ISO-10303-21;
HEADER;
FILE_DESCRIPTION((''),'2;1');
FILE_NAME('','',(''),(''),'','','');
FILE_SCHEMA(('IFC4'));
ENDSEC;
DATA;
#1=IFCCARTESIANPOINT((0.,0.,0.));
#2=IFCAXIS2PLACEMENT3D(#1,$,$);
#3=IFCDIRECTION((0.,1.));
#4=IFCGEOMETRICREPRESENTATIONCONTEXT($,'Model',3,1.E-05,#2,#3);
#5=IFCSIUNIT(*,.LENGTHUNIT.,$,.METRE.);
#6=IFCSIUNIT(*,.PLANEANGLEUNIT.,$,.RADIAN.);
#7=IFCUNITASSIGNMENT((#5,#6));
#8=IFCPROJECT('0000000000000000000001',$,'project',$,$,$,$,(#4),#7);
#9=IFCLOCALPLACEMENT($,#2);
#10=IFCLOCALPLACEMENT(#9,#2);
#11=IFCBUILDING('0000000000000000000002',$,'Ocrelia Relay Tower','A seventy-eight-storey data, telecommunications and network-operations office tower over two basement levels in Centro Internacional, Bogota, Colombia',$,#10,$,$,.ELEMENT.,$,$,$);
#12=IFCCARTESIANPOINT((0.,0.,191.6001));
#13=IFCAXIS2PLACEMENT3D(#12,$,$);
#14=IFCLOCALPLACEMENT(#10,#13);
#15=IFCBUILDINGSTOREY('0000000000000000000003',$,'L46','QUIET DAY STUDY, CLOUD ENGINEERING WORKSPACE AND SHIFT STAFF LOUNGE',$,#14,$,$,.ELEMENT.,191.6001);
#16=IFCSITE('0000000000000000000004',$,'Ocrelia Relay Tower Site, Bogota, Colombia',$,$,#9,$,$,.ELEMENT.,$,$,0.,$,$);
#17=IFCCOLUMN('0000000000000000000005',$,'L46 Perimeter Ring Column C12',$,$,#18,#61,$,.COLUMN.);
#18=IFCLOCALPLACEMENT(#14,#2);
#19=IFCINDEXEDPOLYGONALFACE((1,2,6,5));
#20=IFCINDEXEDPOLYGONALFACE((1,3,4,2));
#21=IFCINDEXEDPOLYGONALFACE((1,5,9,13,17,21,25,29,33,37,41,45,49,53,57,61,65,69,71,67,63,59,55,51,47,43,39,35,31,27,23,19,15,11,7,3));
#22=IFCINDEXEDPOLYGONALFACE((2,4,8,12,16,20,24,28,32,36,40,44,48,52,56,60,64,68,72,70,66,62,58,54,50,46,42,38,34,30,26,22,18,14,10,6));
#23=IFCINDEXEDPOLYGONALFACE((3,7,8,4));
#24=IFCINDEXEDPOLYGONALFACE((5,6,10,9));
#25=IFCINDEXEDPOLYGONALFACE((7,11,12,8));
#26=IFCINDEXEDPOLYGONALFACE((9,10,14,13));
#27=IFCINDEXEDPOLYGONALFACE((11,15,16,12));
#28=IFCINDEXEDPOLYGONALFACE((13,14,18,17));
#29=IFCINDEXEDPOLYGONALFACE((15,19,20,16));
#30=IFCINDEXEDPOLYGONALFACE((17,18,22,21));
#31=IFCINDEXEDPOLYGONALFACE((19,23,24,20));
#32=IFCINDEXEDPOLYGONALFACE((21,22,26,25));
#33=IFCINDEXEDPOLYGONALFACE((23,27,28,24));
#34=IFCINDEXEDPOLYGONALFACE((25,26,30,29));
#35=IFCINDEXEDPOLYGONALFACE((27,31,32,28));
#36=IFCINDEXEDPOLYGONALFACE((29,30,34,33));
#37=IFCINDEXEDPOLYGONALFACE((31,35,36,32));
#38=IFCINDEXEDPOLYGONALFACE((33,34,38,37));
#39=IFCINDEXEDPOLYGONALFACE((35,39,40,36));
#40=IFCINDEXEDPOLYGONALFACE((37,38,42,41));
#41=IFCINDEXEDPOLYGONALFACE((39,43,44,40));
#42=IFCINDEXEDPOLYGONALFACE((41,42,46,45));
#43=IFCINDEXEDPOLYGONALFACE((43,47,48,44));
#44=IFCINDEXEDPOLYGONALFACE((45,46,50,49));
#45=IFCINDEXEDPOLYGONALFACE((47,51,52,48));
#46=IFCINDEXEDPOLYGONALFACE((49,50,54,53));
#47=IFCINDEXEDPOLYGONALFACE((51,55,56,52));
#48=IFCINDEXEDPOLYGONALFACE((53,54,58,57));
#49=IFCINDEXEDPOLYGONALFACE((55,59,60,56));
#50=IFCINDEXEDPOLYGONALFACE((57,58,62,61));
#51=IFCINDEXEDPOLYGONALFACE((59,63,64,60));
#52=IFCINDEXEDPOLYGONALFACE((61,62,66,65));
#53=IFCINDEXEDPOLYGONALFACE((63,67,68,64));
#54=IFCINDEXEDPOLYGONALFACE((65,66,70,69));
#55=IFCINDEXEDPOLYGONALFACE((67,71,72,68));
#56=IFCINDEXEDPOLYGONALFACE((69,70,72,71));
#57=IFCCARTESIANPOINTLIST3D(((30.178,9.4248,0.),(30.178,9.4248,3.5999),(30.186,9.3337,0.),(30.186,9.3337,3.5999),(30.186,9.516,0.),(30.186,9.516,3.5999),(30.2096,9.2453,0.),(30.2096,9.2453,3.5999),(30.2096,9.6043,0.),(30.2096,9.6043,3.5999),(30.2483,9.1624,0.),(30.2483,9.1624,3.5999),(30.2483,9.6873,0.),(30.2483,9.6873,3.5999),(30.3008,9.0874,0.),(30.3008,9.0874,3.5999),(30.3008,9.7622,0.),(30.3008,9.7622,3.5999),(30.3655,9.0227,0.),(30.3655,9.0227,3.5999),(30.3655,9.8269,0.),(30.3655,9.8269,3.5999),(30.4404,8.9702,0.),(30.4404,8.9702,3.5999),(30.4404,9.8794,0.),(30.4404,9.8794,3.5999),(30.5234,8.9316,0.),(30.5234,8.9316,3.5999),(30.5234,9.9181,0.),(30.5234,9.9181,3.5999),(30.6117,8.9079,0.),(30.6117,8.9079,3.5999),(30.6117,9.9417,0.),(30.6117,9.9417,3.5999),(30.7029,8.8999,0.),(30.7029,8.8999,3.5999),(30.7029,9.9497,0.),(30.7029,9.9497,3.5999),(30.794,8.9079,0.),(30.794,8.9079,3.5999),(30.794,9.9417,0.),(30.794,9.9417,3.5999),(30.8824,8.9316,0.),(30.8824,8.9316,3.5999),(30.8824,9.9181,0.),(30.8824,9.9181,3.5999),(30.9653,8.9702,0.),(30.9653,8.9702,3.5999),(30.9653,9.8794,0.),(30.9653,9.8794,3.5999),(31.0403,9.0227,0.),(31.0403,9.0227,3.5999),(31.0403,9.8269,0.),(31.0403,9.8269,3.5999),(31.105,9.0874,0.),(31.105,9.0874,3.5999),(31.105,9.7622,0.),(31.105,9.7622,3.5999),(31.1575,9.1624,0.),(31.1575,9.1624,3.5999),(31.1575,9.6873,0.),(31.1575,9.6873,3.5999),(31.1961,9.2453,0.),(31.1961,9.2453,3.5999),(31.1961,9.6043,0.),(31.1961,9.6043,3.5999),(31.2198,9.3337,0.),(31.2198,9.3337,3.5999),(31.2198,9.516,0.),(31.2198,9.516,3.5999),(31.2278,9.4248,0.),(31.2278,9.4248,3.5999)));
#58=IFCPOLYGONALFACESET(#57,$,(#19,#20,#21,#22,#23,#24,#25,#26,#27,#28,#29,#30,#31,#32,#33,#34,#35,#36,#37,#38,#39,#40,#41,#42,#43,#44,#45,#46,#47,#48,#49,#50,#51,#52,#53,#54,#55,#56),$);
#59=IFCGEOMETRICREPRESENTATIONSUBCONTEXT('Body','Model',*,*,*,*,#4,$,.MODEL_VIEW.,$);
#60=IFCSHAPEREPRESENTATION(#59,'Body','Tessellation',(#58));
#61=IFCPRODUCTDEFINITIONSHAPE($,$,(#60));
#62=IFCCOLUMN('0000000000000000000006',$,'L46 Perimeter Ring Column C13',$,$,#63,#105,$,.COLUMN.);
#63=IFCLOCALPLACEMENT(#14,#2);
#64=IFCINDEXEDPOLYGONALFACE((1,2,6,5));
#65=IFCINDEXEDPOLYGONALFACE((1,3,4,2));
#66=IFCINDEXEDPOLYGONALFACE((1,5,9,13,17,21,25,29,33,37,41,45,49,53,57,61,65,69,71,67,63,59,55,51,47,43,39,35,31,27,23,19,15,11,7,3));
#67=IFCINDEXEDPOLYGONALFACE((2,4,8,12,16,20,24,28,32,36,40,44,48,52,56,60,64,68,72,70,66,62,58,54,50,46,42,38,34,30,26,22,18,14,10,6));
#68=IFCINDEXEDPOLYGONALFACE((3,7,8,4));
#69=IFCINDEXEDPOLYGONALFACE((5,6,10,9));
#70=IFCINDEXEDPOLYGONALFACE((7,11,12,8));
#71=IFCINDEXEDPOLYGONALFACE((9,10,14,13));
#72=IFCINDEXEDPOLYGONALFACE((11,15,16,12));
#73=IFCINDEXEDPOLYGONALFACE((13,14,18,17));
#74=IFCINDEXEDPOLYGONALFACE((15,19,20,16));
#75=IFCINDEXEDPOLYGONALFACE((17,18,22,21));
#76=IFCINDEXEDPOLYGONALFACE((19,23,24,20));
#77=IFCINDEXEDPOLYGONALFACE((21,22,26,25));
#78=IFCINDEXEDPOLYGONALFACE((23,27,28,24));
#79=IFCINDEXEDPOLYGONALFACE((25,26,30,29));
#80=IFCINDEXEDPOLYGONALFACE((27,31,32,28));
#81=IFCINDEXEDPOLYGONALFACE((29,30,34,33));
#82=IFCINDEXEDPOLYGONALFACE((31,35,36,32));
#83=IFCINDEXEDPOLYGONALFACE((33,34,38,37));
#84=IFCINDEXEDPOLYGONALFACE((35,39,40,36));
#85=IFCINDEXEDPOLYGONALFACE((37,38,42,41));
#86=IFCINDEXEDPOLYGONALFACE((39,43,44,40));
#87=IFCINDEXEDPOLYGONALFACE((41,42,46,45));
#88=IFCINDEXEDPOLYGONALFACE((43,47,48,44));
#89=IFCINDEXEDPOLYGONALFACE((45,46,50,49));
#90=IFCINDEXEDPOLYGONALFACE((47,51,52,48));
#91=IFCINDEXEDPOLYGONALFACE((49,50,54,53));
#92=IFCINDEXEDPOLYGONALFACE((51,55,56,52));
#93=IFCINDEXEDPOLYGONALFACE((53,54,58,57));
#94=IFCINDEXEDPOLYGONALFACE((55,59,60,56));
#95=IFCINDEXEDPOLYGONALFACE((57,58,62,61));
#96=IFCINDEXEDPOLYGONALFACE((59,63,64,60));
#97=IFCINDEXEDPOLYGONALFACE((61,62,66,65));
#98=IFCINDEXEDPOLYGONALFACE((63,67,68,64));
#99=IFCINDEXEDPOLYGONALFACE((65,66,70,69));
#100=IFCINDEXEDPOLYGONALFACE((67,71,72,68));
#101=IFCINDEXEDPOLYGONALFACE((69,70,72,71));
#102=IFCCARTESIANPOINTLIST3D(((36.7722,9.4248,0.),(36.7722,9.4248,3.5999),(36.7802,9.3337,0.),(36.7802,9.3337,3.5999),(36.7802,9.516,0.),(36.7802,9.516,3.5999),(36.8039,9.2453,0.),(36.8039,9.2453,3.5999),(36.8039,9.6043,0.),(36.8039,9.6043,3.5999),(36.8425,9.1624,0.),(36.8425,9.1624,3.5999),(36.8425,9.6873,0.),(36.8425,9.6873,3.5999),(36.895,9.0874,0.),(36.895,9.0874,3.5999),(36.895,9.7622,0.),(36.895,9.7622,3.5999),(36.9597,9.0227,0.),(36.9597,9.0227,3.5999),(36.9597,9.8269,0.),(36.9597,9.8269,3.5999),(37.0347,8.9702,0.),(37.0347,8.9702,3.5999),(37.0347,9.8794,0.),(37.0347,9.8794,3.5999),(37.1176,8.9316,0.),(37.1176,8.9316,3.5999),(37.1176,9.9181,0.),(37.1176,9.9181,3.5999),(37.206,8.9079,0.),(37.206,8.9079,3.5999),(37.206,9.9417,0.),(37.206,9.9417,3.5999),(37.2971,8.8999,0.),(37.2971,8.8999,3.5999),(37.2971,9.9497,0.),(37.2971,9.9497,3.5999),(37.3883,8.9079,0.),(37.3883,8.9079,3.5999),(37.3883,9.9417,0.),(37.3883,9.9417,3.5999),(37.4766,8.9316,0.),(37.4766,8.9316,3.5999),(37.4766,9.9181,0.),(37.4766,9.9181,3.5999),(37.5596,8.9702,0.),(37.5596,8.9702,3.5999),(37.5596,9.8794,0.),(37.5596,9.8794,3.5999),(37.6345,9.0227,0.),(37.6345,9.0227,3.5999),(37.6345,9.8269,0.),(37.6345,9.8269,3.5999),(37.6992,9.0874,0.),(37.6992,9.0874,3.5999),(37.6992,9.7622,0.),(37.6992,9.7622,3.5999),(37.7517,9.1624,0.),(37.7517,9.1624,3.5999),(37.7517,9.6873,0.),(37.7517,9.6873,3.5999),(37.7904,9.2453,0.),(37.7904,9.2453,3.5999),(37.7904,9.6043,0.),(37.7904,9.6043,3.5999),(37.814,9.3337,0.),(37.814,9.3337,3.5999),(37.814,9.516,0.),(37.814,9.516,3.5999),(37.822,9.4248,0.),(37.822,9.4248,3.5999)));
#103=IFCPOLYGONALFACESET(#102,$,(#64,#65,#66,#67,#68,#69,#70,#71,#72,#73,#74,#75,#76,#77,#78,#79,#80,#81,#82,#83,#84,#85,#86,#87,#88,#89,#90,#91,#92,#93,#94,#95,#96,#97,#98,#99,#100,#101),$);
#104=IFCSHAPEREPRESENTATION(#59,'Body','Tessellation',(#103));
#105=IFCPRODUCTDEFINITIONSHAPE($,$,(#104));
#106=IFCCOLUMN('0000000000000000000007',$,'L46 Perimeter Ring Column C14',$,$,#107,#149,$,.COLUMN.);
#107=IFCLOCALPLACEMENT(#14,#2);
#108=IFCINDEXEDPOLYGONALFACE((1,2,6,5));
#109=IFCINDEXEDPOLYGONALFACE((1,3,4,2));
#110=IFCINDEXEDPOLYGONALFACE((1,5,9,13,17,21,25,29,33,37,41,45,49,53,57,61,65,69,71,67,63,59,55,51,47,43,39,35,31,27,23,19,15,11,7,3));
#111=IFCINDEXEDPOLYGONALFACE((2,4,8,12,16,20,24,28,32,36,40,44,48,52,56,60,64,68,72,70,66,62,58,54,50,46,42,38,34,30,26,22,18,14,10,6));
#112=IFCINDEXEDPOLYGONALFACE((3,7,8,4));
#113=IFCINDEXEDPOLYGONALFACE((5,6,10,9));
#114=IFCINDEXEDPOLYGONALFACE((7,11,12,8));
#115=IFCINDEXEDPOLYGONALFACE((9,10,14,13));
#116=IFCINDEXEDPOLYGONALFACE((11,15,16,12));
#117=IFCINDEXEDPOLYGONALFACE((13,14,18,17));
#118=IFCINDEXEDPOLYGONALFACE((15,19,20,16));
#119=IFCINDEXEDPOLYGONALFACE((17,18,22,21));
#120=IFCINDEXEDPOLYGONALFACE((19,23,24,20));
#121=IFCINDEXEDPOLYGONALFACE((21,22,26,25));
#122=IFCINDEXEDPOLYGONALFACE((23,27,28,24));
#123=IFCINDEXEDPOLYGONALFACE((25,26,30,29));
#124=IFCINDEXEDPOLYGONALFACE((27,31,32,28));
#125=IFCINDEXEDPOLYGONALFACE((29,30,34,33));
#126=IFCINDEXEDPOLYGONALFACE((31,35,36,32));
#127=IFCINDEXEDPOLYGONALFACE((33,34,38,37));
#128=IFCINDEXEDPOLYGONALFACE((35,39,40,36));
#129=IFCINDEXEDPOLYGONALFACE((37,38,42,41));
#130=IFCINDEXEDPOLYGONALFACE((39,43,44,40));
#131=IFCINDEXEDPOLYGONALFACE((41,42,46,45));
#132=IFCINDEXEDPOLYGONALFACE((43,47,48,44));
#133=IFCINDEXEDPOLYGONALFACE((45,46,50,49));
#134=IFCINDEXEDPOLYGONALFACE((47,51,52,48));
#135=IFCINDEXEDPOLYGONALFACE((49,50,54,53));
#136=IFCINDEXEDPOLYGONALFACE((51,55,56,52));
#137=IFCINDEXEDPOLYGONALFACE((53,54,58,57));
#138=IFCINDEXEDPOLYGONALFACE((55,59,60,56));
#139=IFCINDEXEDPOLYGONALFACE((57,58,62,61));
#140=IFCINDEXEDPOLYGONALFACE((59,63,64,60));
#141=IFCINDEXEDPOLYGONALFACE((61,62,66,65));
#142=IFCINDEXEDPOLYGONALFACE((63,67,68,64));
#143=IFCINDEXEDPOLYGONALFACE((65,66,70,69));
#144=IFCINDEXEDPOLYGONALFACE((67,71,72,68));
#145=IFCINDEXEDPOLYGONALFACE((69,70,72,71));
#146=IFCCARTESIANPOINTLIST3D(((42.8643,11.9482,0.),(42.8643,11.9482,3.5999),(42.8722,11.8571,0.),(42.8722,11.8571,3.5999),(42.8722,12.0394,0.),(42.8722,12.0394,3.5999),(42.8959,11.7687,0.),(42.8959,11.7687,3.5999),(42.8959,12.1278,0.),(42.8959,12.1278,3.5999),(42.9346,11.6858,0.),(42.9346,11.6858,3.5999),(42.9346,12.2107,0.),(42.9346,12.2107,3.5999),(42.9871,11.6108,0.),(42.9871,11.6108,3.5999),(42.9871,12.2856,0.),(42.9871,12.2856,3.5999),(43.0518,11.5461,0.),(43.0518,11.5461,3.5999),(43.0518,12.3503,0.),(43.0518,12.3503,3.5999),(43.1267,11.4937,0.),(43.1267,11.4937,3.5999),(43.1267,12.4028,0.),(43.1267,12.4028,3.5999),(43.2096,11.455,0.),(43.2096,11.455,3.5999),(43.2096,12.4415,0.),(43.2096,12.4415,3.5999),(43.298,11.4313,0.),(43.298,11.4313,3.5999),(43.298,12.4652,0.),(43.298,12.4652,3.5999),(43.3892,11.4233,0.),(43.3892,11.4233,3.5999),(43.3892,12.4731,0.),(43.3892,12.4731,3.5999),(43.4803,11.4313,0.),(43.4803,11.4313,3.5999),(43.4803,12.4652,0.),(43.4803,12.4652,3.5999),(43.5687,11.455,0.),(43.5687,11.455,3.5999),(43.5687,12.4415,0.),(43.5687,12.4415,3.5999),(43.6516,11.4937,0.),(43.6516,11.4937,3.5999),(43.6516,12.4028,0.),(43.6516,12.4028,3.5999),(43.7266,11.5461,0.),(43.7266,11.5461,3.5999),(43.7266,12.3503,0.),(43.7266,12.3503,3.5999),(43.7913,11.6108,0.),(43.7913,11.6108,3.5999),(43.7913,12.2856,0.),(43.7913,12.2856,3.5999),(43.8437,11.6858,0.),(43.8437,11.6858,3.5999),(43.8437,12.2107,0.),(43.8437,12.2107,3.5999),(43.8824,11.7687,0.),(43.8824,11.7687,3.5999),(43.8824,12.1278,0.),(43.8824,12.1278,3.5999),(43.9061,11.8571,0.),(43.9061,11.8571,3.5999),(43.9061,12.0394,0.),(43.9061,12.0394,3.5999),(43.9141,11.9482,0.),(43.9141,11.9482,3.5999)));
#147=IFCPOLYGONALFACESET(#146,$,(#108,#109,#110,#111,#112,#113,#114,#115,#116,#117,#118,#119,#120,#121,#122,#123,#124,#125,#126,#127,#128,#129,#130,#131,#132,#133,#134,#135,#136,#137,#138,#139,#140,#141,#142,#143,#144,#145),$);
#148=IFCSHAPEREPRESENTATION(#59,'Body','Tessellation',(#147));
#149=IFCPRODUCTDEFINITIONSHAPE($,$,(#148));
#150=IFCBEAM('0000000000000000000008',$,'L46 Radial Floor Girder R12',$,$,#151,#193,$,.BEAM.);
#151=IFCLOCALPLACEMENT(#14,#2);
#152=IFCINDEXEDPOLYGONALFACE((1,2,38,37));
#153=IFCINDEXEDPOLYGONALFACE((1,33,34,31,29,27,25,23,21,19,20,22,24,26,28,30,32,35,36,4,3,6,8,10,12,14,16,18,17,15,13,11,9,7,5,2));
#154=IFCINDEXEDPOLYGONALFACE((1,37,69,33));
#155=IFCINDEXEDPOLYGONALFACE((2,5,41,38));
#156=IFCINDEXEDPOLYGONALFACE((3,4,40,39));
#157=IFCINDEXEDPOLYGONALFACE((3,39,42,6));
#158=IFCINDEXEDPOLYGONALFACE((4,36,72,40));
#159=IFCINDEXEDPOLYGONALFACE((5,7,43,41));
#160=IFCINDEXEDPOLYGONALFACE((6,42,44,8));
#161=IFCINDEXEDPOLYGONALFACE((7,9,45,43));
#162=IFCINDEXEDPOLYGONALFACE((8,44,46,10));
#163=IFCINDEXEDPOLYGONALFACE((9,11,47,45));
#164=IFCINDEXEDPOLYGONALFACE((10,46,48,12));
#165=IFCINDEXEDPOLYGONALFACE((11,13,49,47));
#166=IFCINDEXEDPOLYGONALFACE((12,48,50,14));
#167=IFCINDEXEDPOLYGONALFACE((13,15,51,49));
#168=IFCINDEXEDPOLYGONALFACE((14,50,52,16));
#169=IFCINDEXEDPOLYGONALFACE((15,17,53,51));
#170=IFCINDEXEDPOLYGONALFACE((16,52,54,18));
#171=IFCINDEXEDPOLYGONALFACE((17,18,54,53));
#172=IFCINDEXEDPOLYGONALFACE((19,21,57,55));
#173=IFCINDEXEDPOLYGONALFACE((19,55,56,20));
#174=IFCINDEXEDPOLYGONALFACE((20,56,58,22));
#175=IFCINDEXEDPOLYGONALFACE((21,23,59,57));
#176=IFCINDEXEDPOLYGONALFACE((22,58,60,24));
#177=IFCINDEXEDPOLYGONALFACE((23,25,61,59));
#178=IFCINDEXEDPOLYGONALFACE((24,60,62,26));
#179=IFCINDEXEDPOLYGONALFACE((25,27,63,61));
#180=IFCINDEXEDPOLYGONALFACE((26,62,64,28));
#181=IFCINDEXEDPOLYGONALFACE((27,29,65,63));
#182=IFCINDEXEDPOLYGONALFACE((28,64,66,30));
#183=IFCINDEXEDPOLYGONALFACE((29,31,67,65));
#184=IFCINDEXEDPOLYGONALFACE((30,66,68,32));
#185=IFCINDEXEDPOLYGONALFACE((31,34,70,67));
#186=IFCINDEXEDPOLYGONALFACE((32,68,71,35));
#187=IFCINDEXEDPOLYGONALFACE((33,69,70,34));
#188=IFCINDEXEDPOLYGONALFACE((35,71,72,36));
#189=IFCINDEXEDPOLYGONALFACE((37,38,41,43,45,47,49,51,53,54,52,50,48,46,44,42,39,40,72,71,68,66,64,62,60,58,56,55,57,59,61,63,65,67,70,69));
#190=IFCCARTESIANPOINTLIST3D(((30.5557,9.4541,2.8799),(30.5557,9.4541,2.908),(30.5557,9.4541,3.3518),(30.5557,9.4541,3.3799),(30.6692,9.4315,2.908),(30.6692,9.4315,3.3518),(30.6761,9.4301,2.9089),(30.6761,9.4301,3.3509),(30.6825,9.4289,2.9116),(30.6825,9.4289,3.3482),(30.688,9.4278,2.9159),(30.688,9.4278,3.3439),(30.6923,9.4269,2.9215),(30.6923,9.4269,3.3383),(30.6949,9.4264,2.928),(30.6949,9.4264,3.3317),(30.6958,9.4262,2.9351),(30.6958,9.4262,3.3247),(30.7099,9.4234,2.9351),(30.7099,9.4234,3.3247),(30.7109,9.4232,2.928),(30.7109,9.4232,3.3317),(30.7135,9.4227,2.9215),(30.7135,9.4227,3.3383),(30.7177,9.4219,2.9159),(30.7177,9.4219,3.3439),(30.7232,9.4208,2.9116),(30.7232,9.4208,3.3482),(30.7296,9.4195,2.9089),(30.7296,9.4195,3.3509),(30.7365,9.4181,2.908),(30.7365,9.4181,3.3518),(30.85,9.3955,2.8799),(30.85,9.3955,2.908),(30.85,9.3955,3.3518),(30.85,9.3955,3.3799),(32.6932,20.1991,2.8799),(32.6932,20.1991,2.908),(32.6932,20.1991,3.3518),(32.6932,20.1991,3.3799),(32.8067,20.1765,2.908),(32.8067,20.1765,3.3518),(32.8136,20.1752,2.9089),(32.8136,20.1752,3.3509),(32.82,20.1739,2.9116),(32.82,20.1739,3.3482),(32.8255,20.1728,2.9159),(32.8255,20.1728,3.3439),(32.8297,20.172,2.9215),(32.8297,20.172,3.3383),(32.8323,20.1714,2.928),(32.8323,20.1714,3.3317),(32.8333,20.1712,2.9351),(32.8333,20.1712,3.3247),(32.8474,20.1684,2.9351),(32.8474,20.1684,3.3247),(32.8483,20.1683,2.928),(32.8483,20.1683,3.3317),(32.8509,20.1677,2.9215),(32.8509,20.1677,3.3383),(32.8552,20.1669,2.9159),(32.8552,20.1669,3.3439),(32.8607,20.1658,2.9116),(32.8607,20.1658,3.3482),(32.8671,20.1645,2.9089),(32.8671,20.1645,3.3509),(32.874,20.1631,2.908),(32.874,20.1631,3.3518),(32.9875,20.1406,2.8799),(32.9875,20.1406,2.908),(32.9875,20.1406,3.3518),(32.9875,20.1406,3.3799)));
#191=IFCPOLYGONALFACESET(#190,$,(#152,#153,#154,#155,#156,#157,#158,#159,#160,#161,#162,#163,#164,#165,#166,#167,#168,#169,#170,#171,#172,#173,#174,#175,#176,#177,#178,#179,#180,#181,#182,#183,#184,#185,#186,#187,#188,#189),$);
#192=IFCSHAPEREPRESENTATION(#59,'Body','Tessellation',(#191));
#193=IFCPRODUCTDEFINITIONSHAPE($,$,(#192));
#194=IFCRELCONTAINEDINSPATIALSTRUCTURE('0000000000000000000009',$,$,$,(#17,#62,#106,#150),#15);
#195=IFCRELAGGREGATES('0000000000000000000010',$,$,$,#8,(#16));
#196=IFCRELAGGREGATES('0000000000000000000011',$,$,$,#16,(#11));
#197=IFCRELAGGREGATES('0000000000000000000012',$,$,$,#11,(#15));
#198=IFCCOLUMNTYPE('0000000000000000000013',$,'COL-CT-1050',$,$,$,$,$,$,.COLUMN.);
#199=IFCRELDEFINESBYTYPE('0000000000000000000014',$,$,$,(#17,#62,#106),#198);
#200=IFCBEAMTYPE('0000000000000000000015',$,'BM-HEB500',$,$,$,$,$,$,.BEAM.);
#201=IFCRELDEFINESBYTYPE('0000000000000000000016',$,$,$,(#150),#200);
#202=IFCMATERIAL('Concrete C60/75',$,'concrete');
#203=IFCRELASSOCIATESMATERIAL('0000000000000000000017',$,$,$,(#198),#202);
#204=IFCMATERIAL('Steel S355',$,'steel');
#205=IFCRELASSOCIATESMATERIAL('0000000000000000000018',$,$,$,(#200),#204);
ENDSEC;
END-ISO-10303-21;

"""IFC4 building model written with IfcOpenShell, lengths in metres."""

from ifc_helpers import new_model, si_unit, direction, frame, origin, origin_2d, place, context, subcontext, project, spatial, circle, i_section, extrude, material, material_profile, profile_set, type_object, element, save


model = new_model("IFC4")

# Units and contexts
model_context = context("Model", 3, precision=1e-05, world=origin(), true_north=direction((0.0, 1.0)))
body_context = subcontext(model_context, "Body", "Model", "MODEL_VIEW")
ifc_project = project(units=[si_unit("LENGTHUNIT", "METRE"), si_unit("PLANEANGLEUNIT", "RADIAN")], contexts=[model_context])

# Site, building, storey
site_placement = place(None, origin())
site = spatial("IfcSite", under=ifc_project, at=site_placement, Name="Ocrelia Relay Tower Site, Bogota, Colombia", CompositionType="ELEMENT", RefElevation=0.0)
building_placement = place(site_placement, origin())
building = spatial("IfcBuilding", under=site, at=building_placement, Name="Ocrelia Relay Tower", Description="A seventy-eight-storey data, telecommunications and network-operations office tower over two basement levels in Centro Internacional, Bogota, Colombia", CompositionType="ELEMENT")
storey_placement = place(building_placement, frame((0.0, 0.0, 191.6001)))
storey = spatial("IfcBuildingStorey", under=building, at=storey_placement, Name="L46", Description="QUIET DAY STUDY, CLOUD ENGINEERING WORKSPACE AND SHIFT STAFF LOUNGE", CompositionType="ELEMENT", Elevation=191.6001)

# Columns
ifc_material_1 = material(Name="Concrete C60/75", Category="concrete")
ifc_material_profile_1 = material_profile(ifc_material_1, circle(Radius=0.5249, at=origin_2d()), Name="RC-CIR-1050")
ifc_profile_set_1 = profile_set([ifc_material_profile_1], Name="Concrete C60/75")
column_type = type_object("IfcColumnType", Name="COL-CT-1050", PredefinedType="COLUMN", material=ifc_profile_set_1)
for number, where, z_axis, x_axis, name in (
    (1, (30.7029, 9.4248, 0.0), (0.0, 0.0, 1.0), (1.0, 0.0, 0.0), "L46 Perimeter Ring Column C12"),
    (2, (37.2971, 9.4248, 0.0), (0.0, 0.0, 1.0), (1.0, 0.0, 0.0), "L46 Perimeter Ring Column C13"),
    (3, (43.3892, 11.9482, 0.0), (0.0, 0.0, 1.0), (1.0, 0.0, 0.0), "L46 Perimeter Ring Column C14"),
):
    element("IfcColumn", number, at=place(storey_placement, frame(where, z_axis=z_axis, x_axis=x_axis)), inside=storey, type_object=column_type, Name=name, PredefinedType="COLUMN", context=body_context, shape_type="SweptSolid", body=[
        extrude(circle(Radius=0.5249, at=origin_2d()), origin(), (0.0, 0.0, 1.0), 3.5999),
    ])

# Beam
ifc_material_2 = material(Name="Steel S355", Category="steel")
ifc_material_profile_2 = material_profile(ifc_material_2, i_section(OverallWidth=0.3, OverallDepth=0.5, WebThickness=0.0144, FlangeThickness=0.0281, FilletRadius=0.0271, at=origin_2d()), Name="HEB 500")
ifc_profile_set_2 = profile_set([ifc_material_profile_2], Name="Steel S355")
beam_type_1 = type_object("IfcBeamType", Name="BM-HEB500", PredefinedType="BEAM", material=ifc_profile_set_2)
for number, where, z_axis, x_axis, name in (
    (4, (30.7029, 9.4248, 3.1299), (0.1951, 0.980783, 0.0), (-0.980783, 0.1951, 0.0), "L46 Radial Floor Girder R12"),
):
    element("IfcBeam", number, at=place(storey_placement, frame(where, z_axis=z_axis, x_axis=x_axis)), inside=storey, type_object=beam_type_1, Name=name, PredefinedType="BEAM", context=body_context, shape_type="SweptSolid", body=[
        extrude(i_section(OverallWidth=0.3, OverallDepth=0.5, WebThickness=0.0144, FlangeThickness=0.0281, FilletRadius=0.0271, at=origin_2d()), origin(), (0.0, 0.0, 1.0), 10.9556),
    ])

save(model, "model.ifc")
